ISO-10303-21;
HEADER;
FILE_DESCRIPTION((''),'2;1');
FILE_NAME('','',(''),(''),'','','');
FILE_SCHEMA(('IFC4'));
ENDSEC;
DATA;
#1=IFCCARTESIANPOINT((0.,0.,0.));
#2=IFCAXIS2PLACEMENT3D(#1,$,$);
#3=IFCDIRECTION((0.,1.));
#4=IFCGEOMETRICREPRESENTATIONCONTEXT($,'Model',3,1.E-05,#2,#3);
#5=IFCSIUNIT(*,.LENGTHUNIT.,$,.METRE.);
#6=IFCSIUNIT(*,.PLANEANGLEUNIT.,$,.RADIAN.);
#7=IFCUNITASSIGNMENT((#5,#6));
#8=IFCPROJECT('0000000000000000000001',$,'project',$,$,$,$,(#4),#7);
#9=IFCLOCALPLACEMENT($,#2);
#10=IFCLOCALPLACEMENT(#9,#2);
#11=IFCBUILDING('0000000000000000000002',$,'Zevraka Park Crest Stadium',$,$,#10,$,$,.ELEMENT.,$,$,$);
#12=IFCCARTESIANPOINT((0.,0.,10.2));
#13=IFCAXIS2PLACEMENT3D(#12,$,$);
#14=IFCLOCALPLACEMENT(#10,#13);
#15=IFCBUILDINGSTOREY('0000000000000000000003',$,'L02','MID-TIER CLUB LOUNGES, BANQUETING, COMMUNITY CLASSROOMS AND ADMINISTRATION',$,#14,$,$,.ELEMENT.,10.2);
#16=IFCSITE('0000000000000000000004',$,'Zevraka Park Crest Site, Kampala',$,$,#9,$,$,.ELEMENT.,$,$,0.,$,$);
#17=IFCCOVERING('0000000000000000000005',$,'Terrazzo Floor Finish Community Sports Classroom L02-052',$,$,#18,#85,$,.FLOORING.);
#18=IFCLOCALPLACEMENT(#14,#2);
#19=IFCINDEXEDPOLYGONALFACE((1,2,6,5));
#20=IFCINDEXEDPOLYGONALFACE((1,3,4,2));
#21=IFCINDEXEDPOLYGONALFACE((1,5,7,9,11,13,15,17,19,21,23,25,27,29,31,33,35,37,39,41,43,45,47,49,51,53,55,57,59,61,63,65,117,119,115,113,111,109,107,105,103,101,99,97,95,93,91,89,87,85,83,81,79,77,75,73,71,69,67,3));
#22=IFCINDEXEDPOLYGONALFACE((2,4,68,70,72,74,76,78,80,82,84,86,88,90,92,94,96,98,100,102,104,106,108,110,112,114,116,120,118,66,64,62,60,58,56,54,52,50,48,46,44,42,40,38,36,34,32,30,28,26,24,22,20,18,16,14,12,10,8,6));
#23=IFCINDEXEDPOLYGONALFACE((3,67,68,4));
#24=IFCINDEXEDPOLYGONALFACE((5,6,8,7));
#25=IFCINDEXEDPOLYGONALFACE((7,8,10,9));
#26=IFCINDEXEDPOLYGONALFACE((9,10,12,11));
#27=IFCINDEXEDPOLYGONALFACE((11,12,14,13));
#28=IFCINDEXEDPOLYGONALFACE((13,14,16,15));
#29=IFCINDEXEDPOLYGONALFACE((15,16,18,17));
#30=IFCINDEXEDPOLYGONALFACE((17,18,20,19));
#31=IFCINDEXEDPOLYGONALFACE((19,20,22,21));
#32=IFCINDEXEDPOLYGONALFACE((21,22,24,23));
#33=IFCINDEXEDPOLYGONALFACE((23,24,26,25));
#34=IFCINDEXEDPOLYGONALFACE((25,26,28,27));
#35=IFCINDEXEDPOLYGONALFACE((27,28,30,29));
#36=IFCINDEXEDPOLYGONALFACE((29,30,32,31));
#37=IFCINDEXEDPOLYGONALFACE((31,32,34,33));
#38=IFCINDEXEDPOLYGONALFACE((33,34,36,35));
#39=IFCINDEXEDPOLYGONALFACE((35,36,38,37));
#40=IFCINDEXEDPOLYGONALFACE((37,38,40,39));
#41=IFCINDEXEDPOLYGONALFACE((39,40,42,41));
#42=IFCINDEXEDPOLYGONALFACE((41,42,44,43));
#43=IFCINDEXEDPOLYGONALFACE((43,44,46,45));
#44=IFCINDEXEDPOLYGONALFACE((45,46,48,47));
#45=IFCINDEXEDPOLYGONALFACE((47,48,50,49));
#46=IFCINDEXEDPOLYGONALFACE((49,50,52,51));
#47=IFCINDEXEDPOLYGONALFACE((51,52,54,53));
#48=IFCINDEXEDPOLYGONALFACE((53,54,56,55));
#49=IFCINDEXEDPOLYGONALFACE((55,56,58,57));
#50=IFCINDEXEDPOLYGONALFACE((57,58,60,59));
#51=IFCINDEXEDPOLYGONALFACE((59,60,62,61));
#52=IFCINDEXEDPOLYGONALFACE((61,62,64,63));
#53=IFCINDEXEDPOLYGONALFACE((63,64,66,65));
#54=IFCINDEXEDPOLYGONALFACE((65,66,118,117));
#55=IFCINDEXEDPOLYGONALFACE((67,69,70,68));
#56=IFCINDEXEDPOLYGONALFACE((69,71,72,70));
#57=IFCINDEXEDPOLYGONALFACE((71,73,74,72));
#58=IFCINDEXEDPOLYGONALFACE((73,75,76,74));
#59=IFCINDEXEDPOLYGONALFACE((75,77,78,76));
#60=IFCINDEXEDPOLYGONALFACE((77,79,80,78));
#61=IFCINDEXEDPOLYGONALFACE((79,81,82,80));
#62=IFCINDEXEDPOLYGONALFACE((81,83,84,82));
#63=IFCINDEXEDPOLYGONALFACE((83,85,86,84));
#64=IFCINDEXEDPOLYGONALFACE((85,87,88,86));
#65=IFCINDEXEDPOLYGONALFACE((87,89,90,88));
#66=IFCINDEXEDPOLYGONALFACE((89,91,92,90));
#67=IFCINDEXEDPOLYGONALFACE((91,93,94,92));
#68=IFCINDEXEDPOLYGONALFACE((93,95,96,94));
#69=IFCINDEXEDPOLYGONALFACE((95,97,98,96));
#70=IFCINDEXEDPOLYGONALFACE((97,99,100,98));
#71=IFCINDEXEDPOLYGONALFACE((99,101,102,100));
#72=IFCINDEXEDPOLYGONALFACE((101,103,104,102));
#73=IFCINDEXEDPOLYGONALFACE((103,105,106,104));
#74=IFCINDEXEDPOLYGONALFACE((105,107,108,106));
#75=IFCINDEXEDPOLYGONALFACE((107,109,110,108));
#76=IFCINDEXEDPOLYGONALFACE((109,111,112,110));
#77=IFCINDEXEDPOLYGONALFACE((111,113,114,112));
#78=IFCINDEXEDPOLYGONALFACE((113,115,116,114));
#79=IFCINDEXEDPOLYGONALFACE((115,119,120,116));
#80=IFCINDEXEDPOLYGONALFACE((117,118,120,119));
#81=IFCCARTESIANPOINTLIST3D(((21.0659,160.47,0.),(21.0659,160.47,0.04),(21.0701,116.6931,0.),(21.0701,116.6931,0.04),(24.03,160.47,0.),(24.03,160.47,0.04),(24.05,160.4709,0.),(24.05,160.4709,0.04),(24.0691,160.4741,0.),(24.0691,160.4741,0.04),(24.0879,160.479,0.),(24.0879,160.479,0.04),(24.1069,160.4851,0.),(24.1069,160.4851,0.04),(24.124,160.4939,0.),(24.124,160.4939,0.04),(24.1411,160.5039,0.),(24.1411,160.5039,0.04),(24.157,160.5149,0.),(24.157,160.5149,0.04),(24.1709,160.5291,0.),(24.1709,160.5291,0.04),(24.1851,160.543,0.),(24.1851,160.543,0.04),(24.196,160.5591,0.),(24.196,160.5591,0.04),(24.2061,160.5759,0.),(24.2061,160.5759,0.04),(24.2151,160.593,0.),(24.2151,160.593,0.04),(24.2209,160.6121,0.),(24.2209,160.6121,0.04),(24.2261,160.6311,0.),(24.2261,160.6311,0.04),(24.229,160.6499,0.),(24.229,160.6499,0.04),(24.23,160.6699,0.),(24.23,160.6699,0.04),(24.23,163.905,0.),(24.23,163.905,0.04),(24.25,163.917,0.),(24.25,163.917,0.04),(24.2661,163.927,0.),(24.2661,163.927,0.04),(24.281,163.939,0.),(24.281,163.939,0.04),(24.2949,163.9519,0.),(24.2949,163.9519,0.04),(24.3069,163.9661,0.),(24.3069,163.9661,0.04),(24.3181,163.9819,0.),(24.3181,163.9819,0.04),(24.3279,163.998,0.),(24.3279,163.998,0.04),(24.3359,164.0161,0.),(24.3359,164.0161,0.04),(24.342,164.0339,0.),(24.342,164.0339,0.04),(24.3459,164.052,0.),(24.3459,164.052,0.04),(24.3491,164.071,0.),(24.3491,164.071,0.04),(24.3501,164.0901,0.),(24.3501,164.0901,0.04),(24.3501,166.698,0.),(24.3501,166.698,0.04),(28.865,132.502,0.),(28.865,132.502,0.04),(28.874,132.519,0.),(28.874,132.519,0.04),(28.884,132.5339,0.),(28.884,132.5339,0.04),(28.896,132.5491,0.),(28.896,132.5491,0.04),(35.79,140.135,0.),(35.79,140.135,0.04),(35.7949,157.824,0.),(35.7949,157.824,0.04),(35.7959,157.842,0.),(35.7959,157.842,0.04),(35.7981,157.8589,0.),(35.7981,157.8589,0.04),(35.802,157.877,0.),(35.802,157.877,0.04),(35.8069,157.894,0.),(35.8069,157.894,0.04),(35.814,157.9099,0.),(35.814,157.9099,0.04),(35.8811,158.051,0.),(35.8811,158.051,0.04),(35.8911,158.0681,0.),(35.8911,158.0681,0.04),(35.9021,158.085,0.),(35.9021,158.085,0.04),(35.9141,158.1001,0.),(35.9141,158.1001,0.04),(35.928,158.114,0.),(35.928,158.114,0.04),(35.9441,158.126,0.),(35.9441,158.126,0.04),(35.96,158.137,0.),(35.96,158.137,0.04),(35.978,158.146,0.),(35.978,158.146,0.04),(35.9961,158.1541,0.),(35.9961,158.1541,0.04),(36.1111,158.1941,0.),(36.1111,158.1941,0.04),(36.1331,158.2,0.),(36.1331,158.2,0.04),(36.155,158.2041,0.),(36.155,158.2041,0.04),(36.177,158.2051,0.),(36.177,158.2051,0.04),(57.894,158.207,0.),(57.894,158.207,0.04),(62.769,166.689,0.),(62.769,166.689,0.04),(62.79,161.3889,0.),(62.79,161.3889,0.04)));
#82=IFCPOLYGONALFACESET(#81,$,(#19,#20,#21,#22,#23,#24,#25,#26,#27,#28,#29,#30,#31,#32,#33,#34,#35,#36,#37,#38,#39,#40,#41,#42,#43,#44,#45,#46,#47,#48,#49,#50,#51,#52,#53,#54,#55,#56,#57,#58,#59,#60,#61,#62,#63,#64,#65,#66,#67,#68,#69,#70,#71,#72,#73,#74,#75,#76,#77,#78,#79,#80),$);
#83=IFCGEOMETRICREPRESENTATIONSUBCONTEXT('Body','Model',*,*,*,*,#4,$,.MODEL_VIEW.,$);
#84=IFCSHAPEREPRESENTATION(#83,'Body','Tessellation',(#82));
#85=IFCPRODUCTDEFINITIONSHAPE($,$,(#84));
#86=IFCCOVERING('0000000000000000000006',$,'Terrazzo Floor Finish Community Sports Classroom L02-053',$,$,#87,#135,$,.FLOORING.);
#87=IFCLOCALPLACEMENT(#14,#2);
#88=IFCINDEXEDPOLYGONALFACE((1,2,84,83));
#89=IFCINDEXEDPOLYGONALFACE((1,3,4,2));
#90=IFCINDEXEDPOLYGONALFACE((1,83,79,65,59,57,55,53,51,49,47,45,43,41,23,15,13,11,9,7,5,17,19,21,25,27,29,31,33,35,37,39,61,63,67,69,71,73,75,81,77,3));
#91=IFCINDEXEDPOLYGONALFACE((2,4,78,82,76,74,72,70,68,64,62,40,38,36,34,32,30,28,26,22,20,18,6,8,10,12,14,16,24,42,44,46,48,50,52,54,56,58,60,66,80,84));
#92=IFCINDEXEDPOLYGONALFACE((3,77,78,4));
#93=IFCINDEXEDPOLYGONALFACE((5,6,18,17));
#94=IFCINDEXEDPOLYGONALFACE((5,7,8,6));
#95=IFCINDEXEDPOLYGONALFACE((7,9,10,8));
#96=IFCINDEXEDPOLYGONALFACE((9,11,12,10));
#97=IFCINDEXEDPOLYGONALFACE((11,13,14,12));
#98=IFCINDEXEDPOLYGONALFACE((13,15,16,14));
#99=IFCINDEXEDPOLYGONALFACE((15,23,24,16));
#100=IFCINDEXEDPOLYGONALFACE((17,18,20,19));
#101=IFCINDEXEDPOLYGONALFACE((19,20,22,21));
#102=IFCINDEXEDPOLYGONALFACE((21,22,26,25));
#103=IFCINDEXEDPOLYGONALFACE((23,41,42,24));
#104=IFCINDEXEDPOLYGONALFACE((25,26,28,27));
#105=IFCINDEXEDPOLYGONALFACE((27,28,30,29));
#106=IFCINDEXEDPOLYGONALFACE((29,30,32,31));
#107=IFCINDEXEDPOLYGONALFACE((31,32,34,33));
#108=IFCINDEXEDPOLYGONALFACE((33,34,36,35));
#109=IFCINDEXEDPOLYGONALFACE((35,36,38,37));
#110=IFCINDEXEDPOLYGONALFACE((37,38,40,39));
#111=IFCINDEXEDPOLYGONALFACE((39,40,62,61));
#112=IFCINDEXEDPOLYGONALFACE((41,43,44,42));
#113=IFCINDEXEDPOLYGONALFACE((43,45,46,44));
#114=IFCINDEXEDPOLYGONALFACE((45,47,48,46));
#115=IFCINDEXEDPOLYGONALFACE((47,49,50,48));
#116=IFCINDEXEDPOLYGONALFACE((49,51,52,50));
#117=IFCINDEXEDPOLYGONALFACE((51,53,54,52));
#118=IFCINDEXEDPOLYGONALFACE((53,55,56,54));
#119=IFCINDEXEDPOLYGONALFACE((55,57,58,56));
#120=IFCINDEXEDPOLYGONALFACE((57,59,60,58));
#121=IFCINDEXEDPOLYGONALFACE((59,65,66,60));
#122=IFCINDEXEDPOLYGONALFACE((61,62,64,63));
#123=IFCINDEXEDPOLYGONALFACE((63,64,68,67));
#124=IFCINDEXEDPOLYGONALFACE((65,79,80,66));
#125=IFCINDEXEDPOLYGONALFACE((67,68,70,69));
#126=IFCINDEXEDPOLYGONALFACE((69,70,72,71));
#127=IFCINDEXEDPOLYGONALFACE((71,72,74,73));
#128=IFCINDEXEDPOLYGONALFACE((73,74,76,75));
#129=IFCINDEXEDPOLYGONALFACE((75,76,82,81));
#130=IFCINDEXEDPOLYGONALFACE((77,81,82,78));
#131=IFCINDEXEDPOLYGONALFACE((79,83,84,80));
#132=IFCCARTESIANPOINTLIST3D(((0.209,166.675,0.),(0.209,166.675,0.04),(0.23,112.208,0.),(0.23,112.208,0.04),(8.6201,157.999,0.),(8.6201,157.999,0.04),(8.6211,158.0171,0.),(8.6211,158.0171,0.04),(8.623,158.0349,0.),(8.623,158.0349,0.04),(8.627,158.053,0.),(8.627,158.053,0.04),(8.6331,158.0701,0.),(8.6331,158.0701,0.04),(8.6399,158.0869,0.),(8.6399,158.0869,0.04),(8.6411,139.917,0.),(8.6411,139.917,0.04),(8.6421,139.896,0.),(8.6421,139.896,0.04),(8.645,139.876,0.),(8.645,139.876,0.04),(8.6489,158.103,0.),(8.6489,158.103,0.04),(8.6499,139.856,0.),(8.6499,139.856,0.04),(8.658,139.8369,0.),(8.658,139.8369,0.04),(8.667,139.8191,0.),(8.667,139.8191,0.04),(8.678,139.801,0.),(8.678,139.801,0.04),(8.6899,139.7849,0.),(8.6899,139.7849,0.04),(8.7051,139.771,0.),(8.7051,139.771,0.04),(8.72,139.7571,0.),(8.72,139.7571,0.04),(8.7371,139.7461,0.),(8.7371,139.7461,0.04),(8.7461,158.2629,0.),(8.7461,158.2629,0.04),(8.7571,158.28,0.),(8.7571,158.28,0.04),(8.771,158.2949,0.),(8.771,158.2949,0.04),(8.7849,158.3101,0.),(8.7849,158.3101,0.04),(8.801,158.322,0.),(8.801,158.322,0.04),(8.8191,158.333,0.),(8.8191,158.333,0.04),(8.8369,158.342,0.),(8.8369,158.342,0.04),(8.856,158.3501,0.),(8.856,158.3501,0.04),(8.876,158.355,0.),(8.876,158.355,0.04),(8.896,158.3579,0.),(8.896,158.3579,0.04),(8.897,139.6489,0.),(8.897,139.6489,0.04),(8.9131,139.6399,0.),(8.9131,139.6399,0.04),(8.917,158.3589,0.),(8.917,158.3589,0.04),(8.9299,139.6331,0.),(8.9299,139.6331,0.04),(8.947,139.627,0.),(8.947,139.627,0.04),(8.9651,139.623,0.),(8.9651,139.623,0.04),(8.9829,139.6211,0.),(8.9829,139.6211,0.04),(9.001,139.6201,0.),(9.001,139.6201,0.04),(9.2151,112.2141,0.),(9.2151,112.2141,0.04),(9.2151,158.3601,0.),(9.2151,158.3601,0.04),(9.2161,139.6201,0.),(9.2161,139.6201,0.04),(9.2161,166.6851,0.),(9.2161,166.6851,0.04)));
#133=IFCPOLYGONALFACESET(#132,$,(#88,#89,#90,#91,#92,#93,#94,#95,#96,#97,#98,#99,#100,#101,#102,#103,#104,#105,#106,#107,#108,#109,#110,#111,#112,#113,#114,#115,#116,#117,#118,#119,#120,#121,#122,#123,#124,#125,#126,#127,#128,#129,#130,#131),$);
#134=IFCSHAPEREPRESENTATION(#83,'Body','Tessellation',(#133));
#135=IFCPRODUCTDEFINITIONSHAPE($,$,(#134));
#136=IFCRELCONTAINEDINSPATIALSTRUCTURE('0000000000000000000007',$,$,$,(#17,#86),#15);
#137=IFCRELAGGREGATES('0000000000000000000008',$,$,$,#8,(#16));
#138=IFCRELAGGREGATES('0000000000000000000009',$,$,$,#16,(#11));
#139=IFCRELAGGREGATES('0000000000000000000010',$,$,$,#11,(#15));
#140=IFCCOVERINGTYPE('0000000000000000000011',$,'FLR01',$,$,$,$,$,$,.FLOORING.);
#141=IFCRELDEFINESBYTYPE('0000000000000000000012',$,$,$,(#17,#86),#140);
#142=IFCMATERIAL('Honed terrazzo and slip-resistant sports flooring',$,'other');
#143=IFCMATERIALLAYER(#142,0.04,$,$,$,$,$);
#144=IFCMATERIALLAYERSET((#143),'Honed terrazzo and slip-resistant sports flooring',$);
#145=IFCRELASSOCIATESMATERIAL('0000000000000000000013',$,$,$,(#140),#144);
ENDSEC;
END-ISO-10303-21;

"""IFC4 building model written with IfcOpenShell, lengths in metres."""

from ifc_helpers import new_model, si_unit, direction, frame, origin, place, context, subcontext, project, spatial, polyline, outline, extrude, material, layer, layer_set, type_object, element, save


model = new_model("IFC4")

# Units and contexts
model_context = context("Model", 3, precision=1e-05, world=origin(), true_north=direction((0.0, 1.0)))
body_context = subcontext(model_context, "Body", "Model", "MODEL_VIEW")
ifc_project = project(units=[si_unit("LENGTHUNIT", "METRE"), si_unit("PLANEANGLEUNIT", "RADIAN")], contexts=[model_context])

# Site, building, storey
site_placement = place(None, origin())
site = spatial("IfcSite", under=ifc_project, at=site_placement, Name="Zevraka Park Crest Site, Kampala", CompositionType="ELEMENT", RefElevation=0.0)
building_placement = place(site_placement, origin())
building = spatial("IfcBuilding", under=site, at=building_placement, Name="Zevraka Park Crest Stadium", CompositionType="ELEMENT")
storey_placement = place(building_placement, frame((0.0, 0.0, 10.2)))
storey = spatial("IfcBuildingStorey", under=building, at=storey_placement, Name="L02", Description="MID-TIER CLUB LOUNGES, BANQUETING, COMMUNITY CLASSROOMS AND ADMINISTRATION", CompositionType="ELEMENT", Elevation=10.2)

# Coverings
ifc_material_1 = material(Name="Honed terrazzo and slip-resistant sports flooring", Category="other")
ifc_layer_1 = layer(ifc_material_1, 0.04)
ifc_layer_set_1 = layer_set([ifc_layer_1], Name="Honed terrazzo and slip-resistant sports flooring")
covering_type_1 = type_object("IfcCoveringType", Name="FLR01", PredefinedType="FLOORING", material=ifc_layer_set_1)
covering_1_placement = place(storey_placement, origin())
element("IfcCovering", 1, at=covering_1_placement, inside=storey, type_object=covering_type_1, Name="Terrazzo Floor Finish Community Sports Classroom L02-052", PredefinedType="FLOORING", context=body_context, shape_type="SweptSolid", body=[
    extrude(outline(polyline([(21.0659, 160.47), (24.03, 160.47), (24.05, 160.4709), (24.0691, 160.4741), (24.0879, 160.479), (24.1069, 160.4851), (24.124, 160.4939), (24.1411, 160.5039), (24.157, 160.5149), (24.1709, 160.5291), (24.1851, 160.543), (24.196, 160.5591), (24.2061, 160.5759), (24.2151, 160.593), (24.2209, 160.6121), (24.2261, 160.6311), (24.229, 160.6499), (24.23, 160.6699), (24.23, 163.905), (24.25, 163.917), (24.2661, 163.927), (24.281, 163.939), (24.2949, 163.9519), (24.3069, 163.9661), (24.3181, 163.9819), (24.3279, 163.998), (24.3359, 164.0161), (24.342, 164.0339), (24.3459, 164.052), (24.3491, 164.071), (24.3501, 164.0901), (24.3501, 166.698), (62.769, 166.689), (62.79, 161.3889), (57.894, 158.207), (36.177, 158.2051), (36.155, 158.2041), (36.1331, 158.2), (36.1111, 158.1941), (35.9961, 158.1541), (35.978, 158.146), (35.96, 158.137), (35.9441, 158.126), (35.928, 158.114), (35.9141, 158.1001), (35.9021, 158.085), (35.8911, 158.0681), (35.8811, 158.051), (35.814, 157.9099), (35.8069, 157.894), (35.802, 157.877), (35.7981, 157.8589), (35.7959, 157.842), (35.7949, 157.824), (35.79, 140.135), (28.896, 132.5491), (28.884, 132.5339), (28.874, 132.519), (28.865, 132.502), (21.0701, 116.6931), (21.0659, 160.47)])), origin(), (0.0, 0.0, 1.0), 0.04),
])
covering_2_placement = place(storey_placement, origin())
element("IfcCovering", 2, at=covering_2_placement, inside=storey, type_object=covering_type_1, Name="Terrazzo Floor Finish Community Sports Classroom L02-053", PredefinedType="FLOORING", context=body_context, shape_type="SweptSolid", body=[
    extrude(outline(polyline([(0.23, 112.208), (0.209, 166.675), (9.2161, 166.6851), (9.2151, 158.3601), (8.917, 158.3589), (8.896, 158.3579), (8.876, 158.355), (8.856, 158.3501), (8.8369, 158.342), (8.8191, 158.333), (8.801, 158.322), (8.7849, 158.3101), (8.771, 158.2949), (8.7571, 158.28), (8.7461, 158.2629), (8.6489, 158.103), (8.6399, 158.0869), (8.6331, 158.0701), (8.627, 158.053), (8.623, 158.0349), (8.6211, 158.0171), (8.6201, 157.999), (8.6411, 139.917), (8.6421, 139.896), (8.645, 139.876), (8.6499, 139.856), (8.658, 139.8369), (8.667, 139.8191), (8.678, 139.801), (8.6899, 139.7849), (8.7051, 139.771), (8.72, 139.7571), (8.7371, 139.7461), (8.897, 139.6489), (8.9131, 139.6399), (8.9299, 139.6331), (8.947, 139.627), (8.9651, 139.623), (8.9829, 139.6211), (9.001, 139.6201), (9.2161, 139.6201), (9.2151, 112.2141), (0.23, 112.208)])), origin(), (0.0, 0.0, 1.0), 0.04),
])

save(model, "model.ifc")
